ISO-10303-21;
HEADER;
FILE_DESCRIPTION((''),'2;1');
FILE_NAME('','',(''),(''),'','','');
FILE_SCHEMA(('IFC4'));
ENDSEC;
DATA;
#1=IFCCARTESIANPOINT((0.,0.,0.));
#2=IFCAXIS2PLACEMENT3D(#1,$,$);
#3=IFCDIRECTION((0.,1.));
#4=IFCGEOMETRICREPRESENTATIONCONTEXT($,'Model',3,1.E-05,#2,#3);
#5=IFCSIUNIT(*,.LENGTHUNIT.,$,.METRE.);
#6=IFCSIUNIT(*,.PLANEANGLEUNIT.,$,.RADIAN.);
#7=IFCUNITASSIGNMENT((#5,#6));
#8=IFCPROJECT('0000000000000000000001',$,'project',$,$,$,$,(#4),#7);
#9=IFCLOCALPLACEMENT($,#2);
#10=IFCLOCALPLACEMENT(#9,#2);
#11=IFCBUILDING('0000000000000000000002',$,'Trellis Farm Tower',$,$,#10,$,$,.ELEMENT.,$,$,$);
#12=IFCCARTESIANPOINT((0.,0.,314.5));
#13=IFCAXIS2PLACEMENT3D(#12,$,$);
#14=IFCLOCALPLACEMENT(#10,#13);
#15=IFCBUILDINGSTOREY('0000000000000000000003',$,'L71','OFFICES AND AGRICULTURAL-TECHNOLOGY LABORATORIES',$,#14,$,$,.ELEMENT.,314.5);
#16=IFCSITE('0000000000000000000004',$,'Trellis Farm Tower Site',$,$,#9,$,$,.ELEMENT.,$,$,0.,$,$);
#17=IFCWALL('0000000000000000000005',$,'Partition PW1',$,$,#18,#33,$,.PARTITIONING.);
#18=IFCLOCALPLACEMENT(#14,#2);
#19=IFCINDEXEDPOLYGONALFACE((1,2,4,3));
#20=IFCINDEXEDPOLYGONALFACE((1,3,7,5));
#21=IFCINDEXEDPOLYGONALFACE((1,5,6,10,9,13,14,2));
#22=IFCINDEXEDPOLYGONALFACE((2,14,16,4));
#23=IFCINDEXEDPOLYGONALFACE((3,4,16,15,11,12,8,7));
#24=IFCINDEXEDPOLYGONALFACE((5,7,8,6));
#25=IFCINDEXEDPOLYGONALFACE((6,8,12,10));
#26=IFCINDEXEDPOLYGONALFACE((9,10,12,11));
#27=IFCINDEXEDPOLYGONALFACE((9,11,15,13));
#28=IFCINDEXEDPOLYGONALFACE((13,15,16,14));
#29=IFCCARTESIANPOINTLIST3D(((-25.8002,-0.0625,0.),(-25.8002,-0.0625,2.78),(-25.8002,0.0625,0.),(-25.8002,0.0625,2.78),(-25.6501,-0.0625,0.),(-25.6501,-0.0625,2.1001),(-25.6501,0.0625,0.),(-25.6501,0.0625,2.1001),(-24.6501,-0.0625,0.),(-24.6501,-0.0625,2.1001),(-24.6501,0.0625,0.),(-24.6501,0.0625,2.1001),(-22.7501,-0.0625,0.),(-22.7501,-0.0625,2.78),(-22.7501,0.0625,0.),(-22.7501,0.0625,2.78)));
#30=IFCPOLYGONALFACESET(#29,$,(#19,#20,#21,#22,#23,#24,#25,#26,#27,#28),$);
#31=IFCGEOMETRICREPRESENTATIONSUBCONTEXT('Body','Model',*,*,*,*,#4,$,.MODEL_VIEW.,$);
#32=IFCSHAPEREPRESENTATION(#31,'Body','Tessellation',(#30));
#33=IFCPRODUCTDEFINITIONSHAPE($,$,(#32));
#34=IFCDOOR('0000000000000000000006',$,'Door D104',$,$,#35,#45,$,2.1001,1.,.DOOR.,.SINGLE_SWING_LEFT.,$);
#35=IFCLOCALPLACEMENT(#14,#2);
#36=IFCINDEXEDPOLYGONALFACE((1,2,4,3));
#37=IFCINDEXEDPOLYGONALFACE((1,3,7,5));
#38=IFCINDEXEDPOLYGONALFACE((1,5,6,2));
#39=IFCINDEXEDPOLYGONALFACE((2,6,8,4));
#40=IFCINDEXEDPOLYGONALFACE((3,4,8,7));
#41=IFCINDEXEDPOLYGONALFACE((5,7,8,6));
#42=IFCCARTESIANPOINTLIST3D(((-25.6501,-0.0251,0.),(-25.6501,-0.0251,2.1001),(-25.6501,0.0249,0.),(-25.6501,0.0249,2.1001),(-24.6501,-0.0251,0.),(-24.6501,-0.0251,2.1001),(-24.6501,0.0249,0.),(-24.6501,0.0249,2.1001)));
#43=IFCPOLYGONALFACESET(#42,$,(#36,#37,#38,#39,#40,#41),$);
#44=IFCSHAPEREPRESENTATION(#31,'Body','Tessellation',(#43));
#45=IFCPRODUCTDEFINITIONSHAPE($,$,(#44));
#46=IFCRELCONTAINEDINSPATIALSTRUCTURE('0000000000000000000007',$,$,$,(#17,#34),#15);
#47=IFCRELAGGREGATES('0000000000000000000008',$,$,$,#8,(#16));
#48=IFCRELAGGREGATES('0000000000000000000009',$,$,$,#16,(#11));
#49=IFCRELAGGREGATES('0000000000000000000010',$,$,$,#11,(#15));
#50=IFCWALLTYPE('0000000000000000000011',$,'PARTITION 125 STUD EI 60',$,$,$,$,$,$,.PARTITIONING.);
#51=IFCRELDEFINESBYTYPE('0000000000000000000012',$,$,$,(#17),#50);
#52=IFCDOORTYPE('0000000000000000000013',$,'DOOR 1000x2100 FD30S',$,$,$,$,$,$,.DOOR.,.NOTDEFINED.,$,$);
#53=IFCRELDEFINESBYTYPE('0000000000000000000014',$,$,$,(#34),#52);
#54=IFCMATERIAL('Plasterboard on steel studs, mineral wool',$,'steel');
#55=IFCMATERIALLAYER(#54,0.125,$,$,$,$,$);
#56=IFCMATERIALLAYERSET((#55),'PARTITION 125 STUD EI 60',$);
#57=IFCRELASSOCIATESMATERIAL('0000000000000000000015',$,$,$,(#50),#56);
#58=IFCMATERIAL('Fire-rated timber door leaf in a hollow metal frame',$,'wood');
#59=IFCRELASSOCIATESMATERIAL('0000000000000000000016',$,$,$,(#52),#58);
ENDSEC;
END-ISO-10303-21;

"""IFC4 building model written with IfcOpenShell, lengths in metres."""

from ifc_helpers import new_model, si_unit, direction, frame, frame_2d, origin, place, context, subcontext, project, spatial, rectangle, extrude, source, transform, mapped, material, layer, layer_set, type_object, element, fill, save


model = new_model("IFC4")

# Units and contexts
model_context = context("Model", 3, precision=1e-05, world=origin(), true_north=direction((0.0, 1.0)))
body_context = subcontext(model_context, "Body", "Model", "MODEL_VIEW")
ifc_project = project(units=[si_unit("LENGTHUNIT", "METRE"), si_unit("PLANEANGLEUNIT", "RADIAN")], contexts=[model_context])

# Site, building, storey
site_placement = place(None, origin())
site = spatial("IfcSite", under=ifc_project, at=site_placement, Name="Trellis Farm Tower Site", CompositionType="ELEMENT", RefElevation=0.0)
building_placement = place(site_placement, origin())
building = spatial("IfcBuilding", under=site, at=building_placement, Name="Trellis Farm Tower", CompositionType="ELEMENT")
storey_placement = place(building_placement, frame((0.0, 0.0, 314.5)))
storey = spatial("IfcBuildingStorey", under=building, at=storey_placement, Name="L71", Description="OFFICES AND AGRICULTURAL-TECHNOLOGY LABORATORIES", CompositionType="ELEMENT", Elevation=314.5)

# Wall, opening, door
ifc_material_1 = material(Name="Plasterboard on steel studs, mineral wool", Category="steel")
ifc_layer_1 = layer(ifc_material_1, 0.125)
ifc_layer_set_1 = layer_set([ifc_layer_1], Name="PARTITION 125 STUD EI 60")
wall_type_1 = type_object("IfcWallType", Name="PARTITION 125 STUD EI 60", PredefinedType="PARTITIONING", material=ifc_layer_set_1)
shared_shape_1 = source(origin(), body_context, "Body", "SweptSolid", [
    extrude(rectangle(XDim=3.05, YDim=0.125, at=frame_2d((1.5249, 0.0))), origin(), (0.0, 0.0, 1.0), 2.78),
])
wall_1_placement = place(storey_placement, frame((-25.8, 0.0, 0.0), z_axis=(0.0, 0.0, 1.0), x_axis=(1.0, 0.0, 0.0)))
wall_1 = element("IfcWall", 1, at=wall_1_placement, inside=storey, type_object=wall_type_1, Name="Partition PW1", PredefinedType="PARTITIONING", context=body_context, shape_type="MappedRepresentation", body=[
    mapped(shared_shape_1, transform((0.0, 0.0, 0.0))),
])
shared_shape_2 = source(origin(), body_context, "Body", "SweptSolid", [
    extrude(rectangle(XDim=1.0, YDim=2.1001, at=frame_2d((0.5, 1.05))), frame((0.0, 0.0725, 0.0), z_axis=(0.0, -1.0, 0.0), x_axis=(1.0, 0.0, 0.0)), (0.0, 0.0, 1.0), 0.145),
])
opening_1_placement = place(wall_1_placement, frame((0.1499, 0.0, 0.0)))
opening_1 = element("IfcOpeningElement", 2, at=opening_1_placement, cuts=wall_1, PredefinedType="OPENING", context=body_context, shape_type="MappedRepresentation", body=[
    mapped(shared_shape_2, transform((0.0, 0.0, 0.0))),
])
ifc_material_2 = material(Name="Fire-rated timber door leaf in a hollow metal frame", Category="wood")
door_type_1 = type_object("IfcDoorType", Name="DOOR 1000x2100 FD30S", OperationType="NOTDEFINED", PredefinedType="DOOR", material=ifc_material_2)
shared_shape_3 = source(origin(), body_context, "Body", "SweptSolid", [
    extrude(rectangle(XDim=1.0, YDim=2.1001, at=frame_2d((0.5, 1.05))), frame((0.0, 0.0249, 0.0), z_axis=(0.0, -1.0, 0.0), x_axis=(1.0, 0.0, 0.0)), (0.0, 0.0, 1.0), 0.05),
])
door_1_placement = place(opening_1_placement, origin())
door_1 = element("IfcDoor", 3, at=door_1_placement, inside=storey, type_object=door_type_1, Name="Door D104", OperationType="SINGLE_SWING_LEFT", OverallHeight=2.1001, OverallWidth=1.0, PredefinedType="DOOR", context=body_context, shape_type="MappedRepresentation", body=[
    mapped(shared_shape_3, transform((0.0, 0.0, 0.0))),
])
fill(opening_1, door_1)

save(model, "model.ifc")
